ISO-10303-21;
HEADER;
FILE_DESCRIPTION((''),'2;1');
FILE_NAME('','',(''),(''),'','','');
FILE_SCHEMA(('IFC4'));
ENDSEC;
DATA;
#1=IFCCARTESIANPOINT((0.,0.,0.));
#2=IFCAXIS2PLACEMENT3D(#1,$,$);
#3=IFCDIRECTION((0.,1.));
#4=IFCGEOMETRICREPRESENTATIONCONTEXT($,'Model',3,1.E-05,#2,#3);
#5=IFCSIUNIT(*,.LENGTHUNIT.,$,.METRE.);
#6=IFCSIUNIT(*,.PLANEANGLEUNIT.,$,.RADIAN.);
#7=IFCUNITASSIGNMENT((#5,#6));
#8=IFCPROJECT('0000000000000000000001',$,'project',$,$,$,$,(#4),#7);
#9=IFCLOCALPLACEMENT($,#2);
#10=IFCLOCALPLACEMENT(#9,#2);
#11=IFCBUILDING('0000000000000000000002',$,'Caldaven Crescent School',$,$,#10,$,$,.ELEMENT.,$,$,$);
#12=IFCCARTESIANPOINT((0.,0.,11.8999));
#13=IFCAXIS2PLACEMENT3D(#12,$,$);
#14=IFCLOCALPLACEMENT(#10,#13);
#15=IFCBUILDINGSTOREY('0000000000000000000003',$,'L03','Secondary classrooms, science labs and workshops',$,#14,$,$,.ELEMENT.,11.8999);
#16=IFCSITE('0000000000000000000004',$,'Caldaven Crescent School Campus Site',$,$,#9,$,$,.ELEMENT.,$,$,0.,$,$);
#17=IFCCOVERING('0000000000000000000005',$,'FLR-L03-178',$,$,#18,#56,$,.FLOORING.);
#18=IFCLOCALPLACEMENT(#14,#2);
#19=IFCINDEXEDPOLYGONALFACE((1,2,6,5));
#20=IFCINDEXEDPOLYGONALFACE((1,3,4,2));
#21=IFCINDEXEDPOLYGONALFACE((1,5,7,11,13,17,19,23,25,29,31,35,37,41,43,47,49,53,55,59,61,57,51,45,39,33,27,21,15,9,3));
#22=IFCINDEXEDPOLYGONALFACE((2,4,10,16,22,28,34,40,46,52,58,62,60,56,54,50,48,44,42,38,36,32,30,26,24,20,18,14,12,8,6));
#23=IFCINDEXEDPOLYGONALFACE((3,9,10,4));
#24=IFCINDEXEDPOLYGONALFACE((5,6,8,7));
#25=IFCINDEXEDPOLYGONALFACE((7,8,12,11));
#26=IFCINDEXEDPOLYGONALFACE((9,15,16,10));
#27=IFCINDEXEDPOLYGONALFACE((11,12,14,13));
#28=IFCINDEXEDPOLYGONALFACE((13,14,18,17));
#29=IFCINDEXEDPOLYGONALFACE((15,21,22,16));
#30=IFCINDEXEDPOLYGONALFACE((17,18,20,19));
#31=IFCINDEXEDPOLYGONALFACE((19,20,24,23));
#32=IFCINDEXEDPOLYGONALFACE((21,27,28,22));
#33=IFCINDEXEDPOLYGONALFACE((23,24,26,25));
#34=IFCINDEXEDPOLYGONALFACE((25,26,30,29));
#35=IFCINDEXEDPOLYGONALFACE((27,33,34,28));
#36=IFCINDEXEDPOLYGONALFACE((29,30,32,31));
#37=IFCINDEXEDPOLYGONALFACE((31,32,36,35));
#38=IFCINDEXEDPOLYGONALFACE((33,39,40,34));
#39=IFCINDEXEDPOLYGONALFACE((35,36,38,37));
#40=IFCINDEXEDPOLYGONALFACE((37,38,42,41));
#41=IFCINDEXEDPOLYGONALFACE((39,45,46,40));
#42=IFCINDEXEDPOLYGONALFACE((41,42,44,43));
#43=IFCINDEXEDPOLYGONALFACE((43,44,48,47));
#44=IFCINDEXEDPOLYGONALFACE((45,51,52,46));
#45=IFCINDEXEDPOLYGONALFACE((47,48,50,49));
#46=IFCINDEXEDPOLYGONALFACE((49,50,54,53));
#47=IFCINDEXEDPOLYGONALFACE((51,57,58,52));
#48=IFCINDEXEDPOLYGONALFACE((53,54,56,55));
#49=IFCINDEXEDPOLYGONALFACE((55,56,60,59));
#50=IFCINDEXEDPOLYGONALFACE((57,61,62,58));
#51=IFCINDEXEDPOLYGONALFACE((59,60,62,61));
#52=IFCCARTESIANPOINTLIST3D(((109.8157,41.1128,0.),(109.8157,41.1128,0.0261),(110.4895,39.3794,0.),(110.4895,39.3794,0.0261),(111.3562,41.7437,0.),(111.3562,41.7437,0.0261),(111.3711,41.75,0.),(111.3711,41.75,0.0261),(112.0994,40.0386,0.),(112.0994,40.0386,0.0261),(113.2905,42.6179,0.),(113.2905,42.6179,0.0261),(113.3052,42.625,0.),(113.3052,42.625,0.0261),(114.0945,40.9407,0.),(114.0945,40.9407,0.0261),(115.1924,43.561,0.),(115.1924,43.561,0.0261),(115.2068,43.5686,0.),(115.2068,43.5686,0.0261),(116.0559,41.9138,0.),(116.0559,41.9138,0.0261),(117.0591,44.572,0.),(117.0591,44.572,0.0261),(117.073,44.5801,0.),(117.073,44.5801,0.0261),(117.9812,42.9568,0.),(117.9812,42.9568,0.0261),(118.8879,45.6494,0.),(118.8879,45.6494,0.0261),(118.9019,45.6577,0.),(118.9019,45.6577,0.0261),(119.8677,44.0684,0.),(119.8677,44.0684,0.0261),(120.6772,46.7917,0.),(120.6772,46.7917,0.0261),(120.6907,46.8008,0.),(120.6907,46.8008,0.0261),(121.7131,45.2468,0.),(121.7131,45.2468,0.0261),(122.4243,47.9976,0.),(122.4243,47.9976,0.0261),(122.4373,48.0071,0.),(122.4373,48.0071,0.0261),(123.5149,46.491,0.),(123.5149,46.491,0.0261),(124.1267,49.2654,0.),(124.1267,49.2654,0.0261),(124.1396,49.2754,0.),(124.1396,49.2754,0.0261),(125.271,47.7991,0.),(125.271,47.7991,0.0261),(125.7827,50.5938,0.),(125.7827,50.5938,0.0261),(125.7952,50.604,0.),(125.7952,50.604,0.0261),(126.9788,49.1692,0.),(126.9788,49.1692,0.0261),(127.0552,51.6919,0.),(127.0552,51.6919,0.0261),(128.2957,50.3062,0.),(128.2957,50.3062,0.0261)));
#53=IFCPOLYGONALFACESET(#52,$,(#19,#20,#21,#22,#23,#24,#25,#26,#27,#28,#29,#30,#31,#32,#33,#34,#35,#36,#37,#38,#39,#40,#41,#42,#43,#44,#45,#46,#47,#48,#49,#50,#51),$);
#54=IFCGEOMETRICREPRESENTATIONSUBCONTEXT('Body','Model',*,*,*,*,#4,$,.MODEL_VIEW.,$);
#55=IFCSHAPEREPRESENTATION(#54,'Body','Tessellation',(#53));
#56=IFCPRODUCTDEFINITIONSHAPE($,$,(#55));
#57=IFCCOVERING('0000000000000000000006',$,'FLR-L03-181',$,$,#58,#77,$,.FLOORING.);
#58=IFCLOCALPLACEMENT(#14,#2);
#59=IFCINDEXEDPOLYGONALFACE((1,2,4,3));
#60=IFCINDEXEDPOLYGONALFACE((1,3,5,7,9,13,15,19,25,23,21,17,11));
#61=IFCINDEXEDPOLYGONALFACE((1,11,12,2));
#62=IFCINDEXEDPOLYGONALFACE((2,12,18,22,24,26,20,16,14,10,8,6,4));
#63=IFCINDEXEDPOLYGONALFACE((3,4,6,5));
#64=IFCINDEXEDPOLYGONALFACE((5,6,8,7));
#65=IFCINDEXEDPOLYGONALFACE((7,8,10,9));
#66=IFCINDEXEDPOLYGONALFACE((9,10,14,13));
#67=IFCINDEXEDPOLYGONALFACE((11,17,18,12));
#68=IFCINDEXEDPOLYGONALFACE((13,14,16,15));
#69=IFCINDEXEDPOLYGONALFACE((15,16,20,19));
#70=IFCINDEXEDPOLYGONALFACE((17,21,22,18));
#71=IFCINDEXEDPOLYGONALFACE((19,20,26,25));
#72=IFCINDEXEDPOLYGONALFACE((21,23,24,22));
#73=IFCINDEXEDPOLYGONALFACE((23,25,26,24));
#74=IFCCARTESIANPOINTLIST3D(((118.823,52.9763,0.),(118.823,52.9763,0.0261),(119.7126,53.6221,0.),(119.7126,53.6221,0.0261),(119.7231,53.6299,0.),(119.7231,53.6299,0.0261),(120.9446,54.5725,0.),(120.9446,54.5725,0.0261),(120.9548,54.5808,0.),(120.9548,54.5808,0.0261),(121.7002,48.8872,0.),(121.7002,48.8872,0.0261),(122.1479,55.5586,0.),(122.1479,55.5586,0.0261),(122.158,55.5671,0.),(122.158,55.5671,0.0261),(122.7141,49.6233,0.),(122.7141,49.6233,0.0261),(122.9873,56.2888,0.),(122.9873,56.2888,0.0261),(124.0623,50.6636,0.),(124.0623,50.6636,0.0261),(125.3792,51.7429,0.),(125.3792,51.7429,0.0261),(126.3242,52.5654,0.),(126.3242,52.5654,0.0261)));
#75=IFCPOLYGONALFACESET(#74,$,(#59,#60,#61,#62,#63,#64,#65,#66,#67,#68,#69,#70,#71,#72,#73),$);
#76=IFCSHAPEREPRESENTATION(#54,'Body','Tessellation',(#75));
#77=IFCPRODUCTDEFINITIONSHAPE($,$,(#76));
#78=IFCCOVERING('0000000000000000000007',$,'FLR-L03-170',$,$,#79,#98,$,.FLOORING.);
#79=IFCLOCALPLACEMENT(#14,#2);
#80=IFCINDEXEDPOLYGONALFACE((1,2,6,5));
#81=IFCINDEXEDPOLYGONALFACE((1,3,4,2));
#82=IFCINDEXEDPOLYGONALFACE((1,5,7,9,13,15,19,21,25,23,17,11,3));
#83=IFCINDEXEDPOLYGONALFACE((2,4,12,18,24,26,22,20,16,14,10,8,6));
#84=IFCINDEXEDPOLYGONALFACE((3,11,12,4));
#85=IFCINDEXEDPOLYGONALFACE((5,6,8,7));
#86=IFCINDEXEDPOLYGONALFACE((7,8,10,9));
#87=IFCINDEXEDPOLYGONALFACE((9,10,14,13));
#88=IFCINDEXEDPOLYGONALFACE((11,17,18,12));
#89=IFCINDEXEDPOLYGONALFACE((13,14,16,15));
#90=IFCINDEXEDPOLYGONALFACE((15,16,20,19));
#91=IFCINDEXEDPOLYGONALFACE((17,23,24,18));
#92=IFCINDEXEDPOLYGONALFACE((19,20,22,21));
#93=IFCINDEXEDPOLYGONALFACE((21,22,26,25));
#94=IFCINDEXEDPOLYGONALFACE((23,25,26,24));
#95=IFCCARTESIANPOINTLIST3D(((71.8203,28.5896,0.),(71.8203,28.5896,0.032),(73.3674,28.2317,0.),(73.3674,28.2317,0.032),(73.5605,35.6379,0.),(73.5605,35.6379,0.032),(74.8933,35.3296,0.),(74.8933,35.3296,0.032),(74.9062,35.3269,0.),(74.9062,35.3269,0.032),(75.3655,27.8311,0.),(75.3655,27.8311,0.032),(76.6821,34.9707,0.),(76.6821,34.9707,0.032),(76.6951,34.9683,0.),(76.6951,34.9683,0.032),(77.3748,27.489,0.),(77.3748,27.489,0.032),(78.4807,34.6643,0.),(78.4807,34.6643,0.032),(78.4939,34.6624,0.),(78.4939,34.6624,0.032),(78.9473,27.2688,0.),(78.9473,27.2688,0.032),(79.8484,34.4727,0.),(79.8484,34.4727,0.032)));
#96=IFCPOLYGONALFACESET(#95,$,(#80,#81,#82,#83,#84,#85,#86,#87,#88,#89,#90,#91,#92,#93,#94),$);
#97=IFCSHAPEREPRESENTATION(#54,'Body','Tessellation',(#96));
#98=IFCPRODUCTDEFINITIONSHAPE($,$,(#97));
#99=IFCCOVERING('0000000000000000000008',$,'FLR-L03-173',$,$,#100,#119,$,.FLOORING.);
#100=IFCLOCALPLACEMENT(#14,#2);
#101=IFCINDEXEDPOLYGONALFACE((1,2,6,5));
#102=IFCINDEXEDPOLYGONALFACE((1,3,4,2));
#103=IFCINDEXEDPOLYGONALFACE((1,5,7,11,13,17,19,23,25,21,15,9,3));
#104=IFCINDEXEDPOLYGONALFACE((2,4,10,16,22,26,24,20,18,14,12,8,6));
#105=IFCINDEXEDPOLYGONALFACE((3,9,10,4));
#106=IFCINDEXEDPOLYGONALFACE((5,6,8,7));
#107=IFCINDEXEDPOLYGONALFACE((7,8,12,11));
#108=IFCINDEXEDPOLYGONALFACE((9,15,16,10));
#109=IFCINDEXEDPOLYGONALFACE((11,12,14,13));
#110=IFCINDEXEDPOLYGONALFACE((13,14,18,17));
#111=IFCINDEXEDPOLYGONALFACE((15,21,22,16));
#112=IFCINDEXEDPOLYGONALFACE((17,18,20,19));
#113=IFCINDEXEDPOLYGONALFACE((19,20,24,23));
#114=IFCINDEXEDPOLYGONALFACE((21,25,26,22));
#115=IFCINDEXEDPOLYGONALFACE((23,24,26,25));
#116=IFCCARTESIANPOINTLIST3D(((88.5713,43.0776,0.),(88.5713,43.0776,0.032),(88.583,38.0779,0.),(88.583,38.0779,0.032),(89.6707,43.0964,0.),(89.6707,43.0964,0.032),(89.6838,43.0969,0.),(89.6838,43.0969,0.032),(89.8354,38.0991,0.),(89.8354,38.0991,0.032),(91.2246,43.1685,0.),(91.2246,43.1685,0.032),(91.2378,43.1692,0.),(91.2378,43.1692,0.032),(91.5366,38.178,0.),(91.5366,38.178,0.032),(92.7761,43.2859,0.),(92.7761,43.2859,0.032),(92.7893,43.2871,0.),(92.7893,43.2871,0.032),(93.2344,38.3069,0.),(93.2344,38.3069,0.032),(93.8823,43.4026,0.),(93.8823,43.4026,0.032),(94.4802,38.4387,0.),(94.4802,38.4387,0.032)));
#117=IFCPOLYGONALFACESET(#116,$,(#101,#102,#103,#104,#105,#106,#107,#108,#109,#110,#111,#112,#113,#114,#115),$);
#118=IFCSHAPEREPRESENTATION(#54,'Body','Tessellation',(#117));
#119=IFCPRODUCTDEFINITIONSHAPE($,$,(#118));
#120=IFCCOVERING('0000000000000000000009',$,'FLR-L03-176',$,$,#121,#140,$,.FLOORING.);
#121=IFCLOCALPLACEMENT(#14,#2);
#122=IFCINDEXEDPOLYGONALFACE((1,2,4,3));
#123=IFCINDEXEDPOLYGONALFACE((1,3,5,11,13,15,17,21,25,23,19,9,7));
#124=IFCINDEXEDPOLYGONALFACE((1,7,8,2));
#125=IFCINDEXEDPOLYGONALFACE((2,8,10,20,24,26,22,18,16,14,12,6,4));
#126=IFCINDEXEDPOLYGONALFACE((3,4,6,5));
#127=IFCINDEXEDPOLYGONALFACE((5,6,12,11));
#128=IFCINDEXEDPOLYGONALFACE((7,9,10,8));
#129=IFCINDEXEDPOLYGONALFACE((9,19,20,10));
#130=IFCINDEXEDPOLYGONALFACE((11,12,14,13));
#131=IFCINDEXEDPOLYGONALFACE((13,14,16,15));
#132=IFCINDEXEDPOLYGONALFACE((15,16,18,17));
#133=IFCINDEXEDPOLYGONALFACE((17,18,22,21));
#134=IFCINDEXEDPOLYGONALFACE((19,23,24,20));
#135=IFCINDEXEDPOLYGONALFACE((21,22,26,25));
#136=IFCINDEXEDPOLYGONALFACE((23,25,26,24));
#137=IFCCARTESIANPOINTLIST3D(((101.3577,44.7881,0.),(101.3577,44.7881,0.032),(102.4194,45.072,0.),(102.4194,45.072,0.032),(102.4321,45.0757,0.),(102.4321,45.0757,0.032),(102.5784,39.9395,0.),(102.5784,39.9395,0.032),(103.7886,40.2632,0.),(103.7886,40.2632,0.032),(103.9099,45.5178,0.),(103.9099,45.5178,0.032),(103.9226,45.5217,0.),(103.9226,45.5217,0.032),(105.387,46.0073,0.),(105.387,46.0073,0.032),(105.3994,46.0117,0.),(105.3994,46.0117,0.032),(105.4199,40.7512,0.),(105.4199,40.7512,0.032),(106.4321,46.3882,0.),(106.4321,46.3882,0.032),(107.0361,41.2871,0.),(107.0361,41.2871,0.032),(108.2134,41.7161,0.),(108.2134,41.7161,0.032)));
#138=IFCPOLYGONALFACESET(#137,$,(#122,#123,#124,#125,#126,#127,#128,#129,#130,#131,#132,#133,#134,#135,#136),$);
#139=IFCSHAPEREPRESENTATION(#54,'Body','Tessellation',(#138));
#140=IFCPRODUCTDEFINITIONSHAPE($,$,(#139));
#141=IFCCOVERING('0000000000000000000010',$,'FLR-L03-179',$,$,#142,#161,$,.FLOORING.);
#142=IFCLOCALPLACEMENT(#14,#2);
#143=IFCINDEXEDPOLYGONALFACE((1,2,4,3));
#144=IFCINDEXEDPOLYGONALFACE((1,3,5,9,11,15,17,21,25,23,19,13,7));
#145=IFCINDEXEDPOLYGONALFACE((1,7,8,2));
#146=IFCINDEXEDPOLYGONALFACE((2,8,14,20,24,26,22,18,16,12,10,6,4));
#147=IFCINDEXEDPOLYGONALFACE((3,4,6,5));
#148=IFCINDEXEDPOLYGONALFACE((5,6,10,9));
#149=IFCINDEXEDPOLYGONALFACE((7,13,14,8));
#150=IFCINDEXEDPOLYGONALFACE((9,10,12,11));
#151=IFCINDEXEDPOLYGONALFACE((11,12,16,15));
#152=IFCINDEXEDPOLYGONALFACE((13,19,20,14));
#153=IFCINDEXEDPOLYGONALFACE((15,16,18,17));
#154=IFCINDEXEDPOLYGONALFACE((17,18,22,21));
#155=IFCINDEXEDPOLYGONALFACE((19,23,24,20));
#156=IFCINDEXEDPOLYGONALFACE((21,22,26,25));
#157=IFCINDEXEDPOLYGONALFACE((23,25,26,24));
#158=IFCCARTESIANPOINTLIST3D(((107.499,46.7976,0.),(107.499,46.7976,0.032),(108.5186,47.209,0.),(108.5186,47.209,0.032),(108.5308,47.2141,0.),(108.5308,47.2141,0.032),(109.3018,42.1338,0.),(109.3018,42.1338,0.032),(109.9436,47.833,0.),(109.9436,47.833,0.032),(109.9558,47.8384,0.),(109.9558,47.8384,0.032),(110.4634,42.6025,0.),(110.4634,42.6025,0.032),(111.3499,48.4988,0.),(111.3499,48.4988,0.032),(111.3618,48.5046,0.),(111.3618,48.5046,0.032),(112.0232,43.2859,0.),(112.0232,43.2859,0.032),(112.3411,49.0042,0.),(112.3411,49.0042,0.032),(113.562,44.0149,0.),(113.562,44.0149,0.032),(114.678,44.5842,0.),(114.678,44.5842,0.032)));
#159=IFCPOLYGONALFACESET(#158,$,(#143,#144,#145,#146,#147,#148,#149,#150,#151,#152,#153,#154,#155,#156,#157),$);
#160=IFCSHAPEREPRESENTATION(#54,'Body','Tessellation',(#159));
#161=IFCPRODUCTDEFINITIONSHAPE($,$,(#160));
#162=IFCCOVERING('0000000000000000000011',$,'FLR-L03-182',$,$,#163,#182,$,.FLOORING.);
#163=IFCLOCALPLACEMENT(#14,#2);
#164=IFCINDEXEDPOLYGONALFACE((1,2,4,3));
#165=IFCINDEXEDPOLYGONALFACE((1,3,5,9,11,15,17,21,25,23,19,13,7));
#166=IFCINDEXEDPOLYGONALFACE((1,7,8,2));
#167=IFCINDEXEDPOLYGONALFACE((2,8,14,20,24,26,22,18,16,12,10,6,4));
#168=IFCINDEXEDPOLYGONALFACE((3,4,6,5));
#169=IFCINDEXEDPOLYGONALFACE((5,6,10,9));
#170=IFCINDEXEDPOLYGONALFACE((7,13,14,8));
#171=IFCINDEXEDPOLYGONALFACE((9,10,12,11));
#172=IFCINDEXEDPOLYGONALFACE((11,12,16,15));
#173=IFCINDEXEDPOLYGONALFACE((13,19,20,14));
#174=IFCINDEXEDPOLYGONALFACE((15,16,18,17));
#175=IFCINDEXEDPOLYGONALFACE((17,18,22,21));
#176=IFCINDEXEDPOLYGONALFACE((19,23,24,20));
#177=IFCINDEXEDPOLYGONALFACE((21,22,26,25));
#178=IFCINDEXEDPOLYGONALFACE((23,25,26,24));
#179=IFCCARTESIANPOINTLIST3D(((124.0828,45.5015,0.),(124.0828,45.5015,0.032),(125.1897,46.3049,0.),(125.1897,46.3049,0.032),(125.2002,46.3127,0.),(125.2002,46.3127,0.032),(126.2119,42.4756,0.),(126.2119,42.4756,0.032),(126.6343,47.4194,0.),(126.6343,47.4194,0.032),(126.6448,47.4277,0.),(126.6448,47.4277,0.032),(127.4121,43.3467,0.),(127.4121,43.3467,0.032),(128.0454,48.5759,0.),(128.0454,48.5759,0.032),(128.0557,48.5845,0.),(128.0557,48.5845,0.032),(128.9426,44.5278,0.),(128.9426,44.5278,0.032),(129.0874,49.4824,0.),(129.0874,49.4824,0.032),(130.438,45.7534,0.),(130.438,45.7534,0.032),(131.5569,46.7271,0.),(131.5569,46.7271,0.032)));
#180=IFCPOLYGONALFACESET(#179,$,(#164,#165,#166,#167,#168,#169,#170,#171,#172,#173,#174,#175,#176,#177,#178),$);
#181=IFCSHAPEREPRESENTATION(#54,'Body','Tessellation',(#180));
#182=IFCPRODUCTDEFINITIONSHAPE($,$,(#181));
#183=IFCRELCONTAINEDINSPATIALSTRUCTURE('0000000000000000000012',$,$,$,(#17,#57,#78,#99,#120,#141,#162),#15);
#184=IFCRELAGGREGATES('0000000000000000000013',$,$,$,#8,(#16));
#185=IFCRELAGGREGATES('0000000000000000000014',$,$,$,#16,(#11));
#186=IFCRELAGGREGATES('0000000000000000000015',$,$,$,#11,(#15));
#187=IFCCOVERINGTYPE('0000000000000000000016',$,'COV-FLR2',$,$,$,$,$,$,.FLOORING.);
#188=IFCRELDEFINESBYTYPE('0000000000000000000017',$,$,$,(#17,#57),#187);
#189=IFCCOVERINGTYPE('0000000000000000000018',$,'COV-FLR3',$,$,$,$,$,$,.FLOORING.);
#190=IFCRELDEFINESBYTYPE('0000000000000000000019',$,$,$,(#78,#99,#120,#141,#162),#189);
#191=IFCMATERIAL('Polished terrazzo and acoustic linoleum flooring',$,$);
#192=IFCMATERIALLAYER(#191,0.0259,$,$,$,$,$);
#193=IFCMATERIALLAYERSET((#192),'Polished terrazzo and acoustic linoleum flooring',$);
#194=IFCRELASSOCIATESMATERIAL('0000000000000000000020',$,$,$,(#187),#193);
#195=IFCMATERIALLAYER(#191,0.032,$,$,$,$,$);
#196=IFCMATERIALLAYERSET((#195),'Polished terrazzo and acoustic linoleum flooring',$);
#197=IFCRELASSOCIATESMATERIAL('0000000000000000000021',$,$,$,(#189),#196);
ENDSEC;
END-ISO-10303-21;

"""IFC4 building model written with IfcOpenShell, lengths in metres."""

from ifc_helpers import new_model, si_unit, direction, frame, origin, place, context, subcontext, project, spatial, polyline, outline, extrude, material, layer, layer_set, type_object, element, save


model = new_model("IFC4")

# Units and contexts
model_context = context("Model", 3, precision=1e-05, world=origin(), true_north=direction((0.0, 1.0)))
body_context = subcontext(model_context, "Body", "Model", "MODEL_VIEW")
ifc_project = project(units=[si_unit("LENGTHUNIT", "METRE"), si_unit("PLANEANGLEUNIT", "RADIAN")], contexts=[model_context])

# Site, building, storey
site_placement = place(None, origin())
site = spatial("IfcSite", under=ifc_project, at=site_placement, Name="Caldaven Crescent School Campus Site", CompositionType="ELEMENT", RefElevation=0.0)
building_placement = place(site_placement, origin())
building = spatial("IfcBuilding", under=site, at=building_placement, Name="Caldaven Crescent School", CompositionType="ELEMENT")
storey_placement = place(building_placement, frame((0.0, 0.0, 11.8999)))
storey = spatial("IfcBuildingStorey", under=building, at=storey_placement, Name="L03", Description="Secondary classrooms, science labs and workshops", CompositionType="ELEMENT", Elevation=11.8999)

# Coverings
ifc_material_1 = material(Name="Polished terrazzo and acoustic linoleum flooring")
ifc_layer_1 = layer(ifc_material_1, 0.0259)
ifc_layer_set_1 = layer_set([ifc_layer_1], Name="Polished terrazzo and acoustic linoleum flooring")
covering_type_1 = type_object("IfcCoveringType", Name="COV-FLR2", PredefinedType="FLOORING", material=ifc_layer_set_1)
covering_1_placement = place(storey_placement, origin())
element("IfcCovering", 1, at=covering_1_placement, inside=storey, type_object=covering_type_1, Name="FLR-L03-178", PredefinedType="FLOORING", context=body_context, shape_type="SweptSolid", body=[
    extrude(outline(polyline([(109.8157, 41.1128), (111.3562, 41.7437), (111.3711, 41.75), (113.2905, 42.6179), (113.3052, 42.625), (115.1924, 43.561), (115.2068, 43.5686), (117.0591, 44.572), (117.073, 44.5801), (118.8879, 45.6494), (118.9019, 45.6577), (120.6772, 46.7917), (120.6907, 46.8008), (122.4243, 47.9976), (122.4373, 48.0071), (124.1267, 49.2654), (124.1396, 49.2754), (125.7827, 50.5938), (125.7952, 50.604), (127.0552, 51.6919), (128.2957, 50.3062), (126.9788, 49.1692), (125.271, 47.7991), (123.5149, 46.491), (121.7131, 45.2468), (119.8677, 44.0684), (117.9812, 42.9568), (116.0559, 41.9138), (114.0945, 40.9407), (112.0994, 40.0386), (110.4895, 39.3794), (109.8157, 41.1128)])), origin(), (0.0, 0.0, 1.0), 0.0261),
])
covering_2_placement = place(storey_placement, origin())
element("IfcCovering", 2, at=covering_2_placement, inside=storey, type_object=covering_type_1, Name="FLR-L03-181", PredefinedType="FLOORING", context=body_context, shape_type="SweptSolid", body=[
    extrude(outline(polyline([(118.823, 52.9763), (119.7126, 53.6221), (119.7231, 53.6299), (120.9446, 54.5725), (120.9548, 54.5808), (122.1479, 55.5586), (122.158, 55.5671), (122.9873, 56.2888), (126.3242, 52.5654), (125.3792, 51.7429), (124.0623, 50.6636), (122.7141, 49.6233), (121.7002, 48.8872), (118.823, 52.9763)])), origin(), (0.0, 0.0, 1.0), 0.0261),
])
ifc_layer_2 = layer(ifc_material_1, 0.032)
ifc_layer_set_2 = layer_set([ifc_layer_2], Name="Polished terrazzo and acoustic linoleum flooring")
covering_type_2 = type_object("IfcCoveringType", Name="COV-FLR3", PredefinedType="FLOORING", material=ifc_layer_set_2)
covering_3_placement = place(storey_placement, origin())
element("IfcCovering", 3, at=covering_3_placement, inside=storey, type_object=covering_type_2, Name="FLR-L03-170", PredefinedType="FLOORING", context=body_context, shape_type="SweptSolid", body=[
    extrude(outline(polyline([(73.5605, 35.6379), (74.8933, 35.3296), (74.9062, 35.3269), (76.6821, 34.9707), (76.6951, 34.9683), (78.4807, 34.6643), (78.4939, 34.6624), (79.8484, 34.4727), (78.9473, 27.2688), (77.3748, 27.489), (75.3655, 27.8311), (73.3674, 28.2317), (71.8203, 28.5896), (73.5605, 35.6379)])), origin(), (0.0, 0.0, 1.0), 0.032),
])
covering_4_placement = place(storey_placement, origin())
element("IfcCovering", 4, at=covering_4_placement, inside=storey, type_object=covering_type_2, Name="FLR-L03-173", PredefinedType="FLOORING", context=body_context, shape_type="SweptSolid", body=[
    extrude(outline(polyline([(88.5713, 43.0776), (89.6707, 43.0964), (89.6838, 43.0969), (91.2246, 43.1685), (91.2378, 43.1692), (92.7761, 43.2859), (92.7893, 43.2871), (93.8823, 43.4026), (94.4802, 38.4387), (93.2344, 38.3069), (91.5366, 38.178), (89.8354, 38.0991), (88.583, 38.0779), (88.5713, 43.0776)])), origin(), (0.0, 0.0, 1.0), 0.032),
])
covering_5_placement = place(storey_placement, origin())
element("IfcCovering", 5, at=covering_5_placement, inside=storey, type_object=covering_type_2, Name="FLR-L03-176", PredefinedType="FLOORING", context=body_context, shape_type="SweptSolid", body=[
    extrude(outline(polyline([(101.3577, 44.7881), (102.4194, 45.072), (102.4321, 45.0757), (103.9099, 45.5178), (103.9226, 45.5217), (105.387, 46.0073), (105.3994, 46.0117), (106.4321, 46.3882), (108.2134, 41.7161), (107.0361, 41.2871), (105.4199, 40.7512), (103.7886, 40.2632), (102.5784, 39.9395), (101.3577, 44.7881)])), origin(), (0.0, 0.0, 1.0), 0.032),
])
covering_6_placement = place(storey_placement, origin())
element("IfcCovering", 6, at=covering_6_placement, inside=storey, type_object=covering_type_2, Name="FLR-L03-179", PredefinedType="FLOORING", context=body_context, shape_type="SweptSolid", body=[
    extrude(outline(polyline([(107.499, 46.7976), (108.5186, 47.209), (108.5308, 47.2141), (109.9436, 47.833), (109.9558, 47.8384), (111.3499, 48.4988), (111.3618, 48.5046), (112.3411, 49.0042), (114.678, 44.5842), (113.562, 44.0149), (112.0232, 43.2859), (110.4634, 42.6025), (109.3018, 42.1338), (107.499, 46.7976)])), origin(), (0.0, 0.0, 1.0), 0.032),
])
covering_7_placement = place(storey_placement, origin())
element("IfcCovering", 7, at=covering_7_placement, inside=storey, type_object=covering_type_2, Name="FLR-L03-182", PredefinedType="FLOORING", context=body_context, shape_type="SweptSolid", body=[
    extrude(outline(polyline([(124.0828, 45.5015), (125.1897, 46.3049), (125.2002, 46.3127), (126.6343, 47.4194), (126.6448, 47.4277), (128.0454, 48.5759), (128.0557, 48.5845), (129.0874, 49.4824), (131.5569, 46.7271), (130.438, 45.7534), (128.9426, 44.5278), (127.4121, 43.3467), (126.2119, 42.4756), (124.0828, 45.5015)])), origin(), (0.0, 0.0, 1.0), 0.032),
])

save(model, "model.ifc")
